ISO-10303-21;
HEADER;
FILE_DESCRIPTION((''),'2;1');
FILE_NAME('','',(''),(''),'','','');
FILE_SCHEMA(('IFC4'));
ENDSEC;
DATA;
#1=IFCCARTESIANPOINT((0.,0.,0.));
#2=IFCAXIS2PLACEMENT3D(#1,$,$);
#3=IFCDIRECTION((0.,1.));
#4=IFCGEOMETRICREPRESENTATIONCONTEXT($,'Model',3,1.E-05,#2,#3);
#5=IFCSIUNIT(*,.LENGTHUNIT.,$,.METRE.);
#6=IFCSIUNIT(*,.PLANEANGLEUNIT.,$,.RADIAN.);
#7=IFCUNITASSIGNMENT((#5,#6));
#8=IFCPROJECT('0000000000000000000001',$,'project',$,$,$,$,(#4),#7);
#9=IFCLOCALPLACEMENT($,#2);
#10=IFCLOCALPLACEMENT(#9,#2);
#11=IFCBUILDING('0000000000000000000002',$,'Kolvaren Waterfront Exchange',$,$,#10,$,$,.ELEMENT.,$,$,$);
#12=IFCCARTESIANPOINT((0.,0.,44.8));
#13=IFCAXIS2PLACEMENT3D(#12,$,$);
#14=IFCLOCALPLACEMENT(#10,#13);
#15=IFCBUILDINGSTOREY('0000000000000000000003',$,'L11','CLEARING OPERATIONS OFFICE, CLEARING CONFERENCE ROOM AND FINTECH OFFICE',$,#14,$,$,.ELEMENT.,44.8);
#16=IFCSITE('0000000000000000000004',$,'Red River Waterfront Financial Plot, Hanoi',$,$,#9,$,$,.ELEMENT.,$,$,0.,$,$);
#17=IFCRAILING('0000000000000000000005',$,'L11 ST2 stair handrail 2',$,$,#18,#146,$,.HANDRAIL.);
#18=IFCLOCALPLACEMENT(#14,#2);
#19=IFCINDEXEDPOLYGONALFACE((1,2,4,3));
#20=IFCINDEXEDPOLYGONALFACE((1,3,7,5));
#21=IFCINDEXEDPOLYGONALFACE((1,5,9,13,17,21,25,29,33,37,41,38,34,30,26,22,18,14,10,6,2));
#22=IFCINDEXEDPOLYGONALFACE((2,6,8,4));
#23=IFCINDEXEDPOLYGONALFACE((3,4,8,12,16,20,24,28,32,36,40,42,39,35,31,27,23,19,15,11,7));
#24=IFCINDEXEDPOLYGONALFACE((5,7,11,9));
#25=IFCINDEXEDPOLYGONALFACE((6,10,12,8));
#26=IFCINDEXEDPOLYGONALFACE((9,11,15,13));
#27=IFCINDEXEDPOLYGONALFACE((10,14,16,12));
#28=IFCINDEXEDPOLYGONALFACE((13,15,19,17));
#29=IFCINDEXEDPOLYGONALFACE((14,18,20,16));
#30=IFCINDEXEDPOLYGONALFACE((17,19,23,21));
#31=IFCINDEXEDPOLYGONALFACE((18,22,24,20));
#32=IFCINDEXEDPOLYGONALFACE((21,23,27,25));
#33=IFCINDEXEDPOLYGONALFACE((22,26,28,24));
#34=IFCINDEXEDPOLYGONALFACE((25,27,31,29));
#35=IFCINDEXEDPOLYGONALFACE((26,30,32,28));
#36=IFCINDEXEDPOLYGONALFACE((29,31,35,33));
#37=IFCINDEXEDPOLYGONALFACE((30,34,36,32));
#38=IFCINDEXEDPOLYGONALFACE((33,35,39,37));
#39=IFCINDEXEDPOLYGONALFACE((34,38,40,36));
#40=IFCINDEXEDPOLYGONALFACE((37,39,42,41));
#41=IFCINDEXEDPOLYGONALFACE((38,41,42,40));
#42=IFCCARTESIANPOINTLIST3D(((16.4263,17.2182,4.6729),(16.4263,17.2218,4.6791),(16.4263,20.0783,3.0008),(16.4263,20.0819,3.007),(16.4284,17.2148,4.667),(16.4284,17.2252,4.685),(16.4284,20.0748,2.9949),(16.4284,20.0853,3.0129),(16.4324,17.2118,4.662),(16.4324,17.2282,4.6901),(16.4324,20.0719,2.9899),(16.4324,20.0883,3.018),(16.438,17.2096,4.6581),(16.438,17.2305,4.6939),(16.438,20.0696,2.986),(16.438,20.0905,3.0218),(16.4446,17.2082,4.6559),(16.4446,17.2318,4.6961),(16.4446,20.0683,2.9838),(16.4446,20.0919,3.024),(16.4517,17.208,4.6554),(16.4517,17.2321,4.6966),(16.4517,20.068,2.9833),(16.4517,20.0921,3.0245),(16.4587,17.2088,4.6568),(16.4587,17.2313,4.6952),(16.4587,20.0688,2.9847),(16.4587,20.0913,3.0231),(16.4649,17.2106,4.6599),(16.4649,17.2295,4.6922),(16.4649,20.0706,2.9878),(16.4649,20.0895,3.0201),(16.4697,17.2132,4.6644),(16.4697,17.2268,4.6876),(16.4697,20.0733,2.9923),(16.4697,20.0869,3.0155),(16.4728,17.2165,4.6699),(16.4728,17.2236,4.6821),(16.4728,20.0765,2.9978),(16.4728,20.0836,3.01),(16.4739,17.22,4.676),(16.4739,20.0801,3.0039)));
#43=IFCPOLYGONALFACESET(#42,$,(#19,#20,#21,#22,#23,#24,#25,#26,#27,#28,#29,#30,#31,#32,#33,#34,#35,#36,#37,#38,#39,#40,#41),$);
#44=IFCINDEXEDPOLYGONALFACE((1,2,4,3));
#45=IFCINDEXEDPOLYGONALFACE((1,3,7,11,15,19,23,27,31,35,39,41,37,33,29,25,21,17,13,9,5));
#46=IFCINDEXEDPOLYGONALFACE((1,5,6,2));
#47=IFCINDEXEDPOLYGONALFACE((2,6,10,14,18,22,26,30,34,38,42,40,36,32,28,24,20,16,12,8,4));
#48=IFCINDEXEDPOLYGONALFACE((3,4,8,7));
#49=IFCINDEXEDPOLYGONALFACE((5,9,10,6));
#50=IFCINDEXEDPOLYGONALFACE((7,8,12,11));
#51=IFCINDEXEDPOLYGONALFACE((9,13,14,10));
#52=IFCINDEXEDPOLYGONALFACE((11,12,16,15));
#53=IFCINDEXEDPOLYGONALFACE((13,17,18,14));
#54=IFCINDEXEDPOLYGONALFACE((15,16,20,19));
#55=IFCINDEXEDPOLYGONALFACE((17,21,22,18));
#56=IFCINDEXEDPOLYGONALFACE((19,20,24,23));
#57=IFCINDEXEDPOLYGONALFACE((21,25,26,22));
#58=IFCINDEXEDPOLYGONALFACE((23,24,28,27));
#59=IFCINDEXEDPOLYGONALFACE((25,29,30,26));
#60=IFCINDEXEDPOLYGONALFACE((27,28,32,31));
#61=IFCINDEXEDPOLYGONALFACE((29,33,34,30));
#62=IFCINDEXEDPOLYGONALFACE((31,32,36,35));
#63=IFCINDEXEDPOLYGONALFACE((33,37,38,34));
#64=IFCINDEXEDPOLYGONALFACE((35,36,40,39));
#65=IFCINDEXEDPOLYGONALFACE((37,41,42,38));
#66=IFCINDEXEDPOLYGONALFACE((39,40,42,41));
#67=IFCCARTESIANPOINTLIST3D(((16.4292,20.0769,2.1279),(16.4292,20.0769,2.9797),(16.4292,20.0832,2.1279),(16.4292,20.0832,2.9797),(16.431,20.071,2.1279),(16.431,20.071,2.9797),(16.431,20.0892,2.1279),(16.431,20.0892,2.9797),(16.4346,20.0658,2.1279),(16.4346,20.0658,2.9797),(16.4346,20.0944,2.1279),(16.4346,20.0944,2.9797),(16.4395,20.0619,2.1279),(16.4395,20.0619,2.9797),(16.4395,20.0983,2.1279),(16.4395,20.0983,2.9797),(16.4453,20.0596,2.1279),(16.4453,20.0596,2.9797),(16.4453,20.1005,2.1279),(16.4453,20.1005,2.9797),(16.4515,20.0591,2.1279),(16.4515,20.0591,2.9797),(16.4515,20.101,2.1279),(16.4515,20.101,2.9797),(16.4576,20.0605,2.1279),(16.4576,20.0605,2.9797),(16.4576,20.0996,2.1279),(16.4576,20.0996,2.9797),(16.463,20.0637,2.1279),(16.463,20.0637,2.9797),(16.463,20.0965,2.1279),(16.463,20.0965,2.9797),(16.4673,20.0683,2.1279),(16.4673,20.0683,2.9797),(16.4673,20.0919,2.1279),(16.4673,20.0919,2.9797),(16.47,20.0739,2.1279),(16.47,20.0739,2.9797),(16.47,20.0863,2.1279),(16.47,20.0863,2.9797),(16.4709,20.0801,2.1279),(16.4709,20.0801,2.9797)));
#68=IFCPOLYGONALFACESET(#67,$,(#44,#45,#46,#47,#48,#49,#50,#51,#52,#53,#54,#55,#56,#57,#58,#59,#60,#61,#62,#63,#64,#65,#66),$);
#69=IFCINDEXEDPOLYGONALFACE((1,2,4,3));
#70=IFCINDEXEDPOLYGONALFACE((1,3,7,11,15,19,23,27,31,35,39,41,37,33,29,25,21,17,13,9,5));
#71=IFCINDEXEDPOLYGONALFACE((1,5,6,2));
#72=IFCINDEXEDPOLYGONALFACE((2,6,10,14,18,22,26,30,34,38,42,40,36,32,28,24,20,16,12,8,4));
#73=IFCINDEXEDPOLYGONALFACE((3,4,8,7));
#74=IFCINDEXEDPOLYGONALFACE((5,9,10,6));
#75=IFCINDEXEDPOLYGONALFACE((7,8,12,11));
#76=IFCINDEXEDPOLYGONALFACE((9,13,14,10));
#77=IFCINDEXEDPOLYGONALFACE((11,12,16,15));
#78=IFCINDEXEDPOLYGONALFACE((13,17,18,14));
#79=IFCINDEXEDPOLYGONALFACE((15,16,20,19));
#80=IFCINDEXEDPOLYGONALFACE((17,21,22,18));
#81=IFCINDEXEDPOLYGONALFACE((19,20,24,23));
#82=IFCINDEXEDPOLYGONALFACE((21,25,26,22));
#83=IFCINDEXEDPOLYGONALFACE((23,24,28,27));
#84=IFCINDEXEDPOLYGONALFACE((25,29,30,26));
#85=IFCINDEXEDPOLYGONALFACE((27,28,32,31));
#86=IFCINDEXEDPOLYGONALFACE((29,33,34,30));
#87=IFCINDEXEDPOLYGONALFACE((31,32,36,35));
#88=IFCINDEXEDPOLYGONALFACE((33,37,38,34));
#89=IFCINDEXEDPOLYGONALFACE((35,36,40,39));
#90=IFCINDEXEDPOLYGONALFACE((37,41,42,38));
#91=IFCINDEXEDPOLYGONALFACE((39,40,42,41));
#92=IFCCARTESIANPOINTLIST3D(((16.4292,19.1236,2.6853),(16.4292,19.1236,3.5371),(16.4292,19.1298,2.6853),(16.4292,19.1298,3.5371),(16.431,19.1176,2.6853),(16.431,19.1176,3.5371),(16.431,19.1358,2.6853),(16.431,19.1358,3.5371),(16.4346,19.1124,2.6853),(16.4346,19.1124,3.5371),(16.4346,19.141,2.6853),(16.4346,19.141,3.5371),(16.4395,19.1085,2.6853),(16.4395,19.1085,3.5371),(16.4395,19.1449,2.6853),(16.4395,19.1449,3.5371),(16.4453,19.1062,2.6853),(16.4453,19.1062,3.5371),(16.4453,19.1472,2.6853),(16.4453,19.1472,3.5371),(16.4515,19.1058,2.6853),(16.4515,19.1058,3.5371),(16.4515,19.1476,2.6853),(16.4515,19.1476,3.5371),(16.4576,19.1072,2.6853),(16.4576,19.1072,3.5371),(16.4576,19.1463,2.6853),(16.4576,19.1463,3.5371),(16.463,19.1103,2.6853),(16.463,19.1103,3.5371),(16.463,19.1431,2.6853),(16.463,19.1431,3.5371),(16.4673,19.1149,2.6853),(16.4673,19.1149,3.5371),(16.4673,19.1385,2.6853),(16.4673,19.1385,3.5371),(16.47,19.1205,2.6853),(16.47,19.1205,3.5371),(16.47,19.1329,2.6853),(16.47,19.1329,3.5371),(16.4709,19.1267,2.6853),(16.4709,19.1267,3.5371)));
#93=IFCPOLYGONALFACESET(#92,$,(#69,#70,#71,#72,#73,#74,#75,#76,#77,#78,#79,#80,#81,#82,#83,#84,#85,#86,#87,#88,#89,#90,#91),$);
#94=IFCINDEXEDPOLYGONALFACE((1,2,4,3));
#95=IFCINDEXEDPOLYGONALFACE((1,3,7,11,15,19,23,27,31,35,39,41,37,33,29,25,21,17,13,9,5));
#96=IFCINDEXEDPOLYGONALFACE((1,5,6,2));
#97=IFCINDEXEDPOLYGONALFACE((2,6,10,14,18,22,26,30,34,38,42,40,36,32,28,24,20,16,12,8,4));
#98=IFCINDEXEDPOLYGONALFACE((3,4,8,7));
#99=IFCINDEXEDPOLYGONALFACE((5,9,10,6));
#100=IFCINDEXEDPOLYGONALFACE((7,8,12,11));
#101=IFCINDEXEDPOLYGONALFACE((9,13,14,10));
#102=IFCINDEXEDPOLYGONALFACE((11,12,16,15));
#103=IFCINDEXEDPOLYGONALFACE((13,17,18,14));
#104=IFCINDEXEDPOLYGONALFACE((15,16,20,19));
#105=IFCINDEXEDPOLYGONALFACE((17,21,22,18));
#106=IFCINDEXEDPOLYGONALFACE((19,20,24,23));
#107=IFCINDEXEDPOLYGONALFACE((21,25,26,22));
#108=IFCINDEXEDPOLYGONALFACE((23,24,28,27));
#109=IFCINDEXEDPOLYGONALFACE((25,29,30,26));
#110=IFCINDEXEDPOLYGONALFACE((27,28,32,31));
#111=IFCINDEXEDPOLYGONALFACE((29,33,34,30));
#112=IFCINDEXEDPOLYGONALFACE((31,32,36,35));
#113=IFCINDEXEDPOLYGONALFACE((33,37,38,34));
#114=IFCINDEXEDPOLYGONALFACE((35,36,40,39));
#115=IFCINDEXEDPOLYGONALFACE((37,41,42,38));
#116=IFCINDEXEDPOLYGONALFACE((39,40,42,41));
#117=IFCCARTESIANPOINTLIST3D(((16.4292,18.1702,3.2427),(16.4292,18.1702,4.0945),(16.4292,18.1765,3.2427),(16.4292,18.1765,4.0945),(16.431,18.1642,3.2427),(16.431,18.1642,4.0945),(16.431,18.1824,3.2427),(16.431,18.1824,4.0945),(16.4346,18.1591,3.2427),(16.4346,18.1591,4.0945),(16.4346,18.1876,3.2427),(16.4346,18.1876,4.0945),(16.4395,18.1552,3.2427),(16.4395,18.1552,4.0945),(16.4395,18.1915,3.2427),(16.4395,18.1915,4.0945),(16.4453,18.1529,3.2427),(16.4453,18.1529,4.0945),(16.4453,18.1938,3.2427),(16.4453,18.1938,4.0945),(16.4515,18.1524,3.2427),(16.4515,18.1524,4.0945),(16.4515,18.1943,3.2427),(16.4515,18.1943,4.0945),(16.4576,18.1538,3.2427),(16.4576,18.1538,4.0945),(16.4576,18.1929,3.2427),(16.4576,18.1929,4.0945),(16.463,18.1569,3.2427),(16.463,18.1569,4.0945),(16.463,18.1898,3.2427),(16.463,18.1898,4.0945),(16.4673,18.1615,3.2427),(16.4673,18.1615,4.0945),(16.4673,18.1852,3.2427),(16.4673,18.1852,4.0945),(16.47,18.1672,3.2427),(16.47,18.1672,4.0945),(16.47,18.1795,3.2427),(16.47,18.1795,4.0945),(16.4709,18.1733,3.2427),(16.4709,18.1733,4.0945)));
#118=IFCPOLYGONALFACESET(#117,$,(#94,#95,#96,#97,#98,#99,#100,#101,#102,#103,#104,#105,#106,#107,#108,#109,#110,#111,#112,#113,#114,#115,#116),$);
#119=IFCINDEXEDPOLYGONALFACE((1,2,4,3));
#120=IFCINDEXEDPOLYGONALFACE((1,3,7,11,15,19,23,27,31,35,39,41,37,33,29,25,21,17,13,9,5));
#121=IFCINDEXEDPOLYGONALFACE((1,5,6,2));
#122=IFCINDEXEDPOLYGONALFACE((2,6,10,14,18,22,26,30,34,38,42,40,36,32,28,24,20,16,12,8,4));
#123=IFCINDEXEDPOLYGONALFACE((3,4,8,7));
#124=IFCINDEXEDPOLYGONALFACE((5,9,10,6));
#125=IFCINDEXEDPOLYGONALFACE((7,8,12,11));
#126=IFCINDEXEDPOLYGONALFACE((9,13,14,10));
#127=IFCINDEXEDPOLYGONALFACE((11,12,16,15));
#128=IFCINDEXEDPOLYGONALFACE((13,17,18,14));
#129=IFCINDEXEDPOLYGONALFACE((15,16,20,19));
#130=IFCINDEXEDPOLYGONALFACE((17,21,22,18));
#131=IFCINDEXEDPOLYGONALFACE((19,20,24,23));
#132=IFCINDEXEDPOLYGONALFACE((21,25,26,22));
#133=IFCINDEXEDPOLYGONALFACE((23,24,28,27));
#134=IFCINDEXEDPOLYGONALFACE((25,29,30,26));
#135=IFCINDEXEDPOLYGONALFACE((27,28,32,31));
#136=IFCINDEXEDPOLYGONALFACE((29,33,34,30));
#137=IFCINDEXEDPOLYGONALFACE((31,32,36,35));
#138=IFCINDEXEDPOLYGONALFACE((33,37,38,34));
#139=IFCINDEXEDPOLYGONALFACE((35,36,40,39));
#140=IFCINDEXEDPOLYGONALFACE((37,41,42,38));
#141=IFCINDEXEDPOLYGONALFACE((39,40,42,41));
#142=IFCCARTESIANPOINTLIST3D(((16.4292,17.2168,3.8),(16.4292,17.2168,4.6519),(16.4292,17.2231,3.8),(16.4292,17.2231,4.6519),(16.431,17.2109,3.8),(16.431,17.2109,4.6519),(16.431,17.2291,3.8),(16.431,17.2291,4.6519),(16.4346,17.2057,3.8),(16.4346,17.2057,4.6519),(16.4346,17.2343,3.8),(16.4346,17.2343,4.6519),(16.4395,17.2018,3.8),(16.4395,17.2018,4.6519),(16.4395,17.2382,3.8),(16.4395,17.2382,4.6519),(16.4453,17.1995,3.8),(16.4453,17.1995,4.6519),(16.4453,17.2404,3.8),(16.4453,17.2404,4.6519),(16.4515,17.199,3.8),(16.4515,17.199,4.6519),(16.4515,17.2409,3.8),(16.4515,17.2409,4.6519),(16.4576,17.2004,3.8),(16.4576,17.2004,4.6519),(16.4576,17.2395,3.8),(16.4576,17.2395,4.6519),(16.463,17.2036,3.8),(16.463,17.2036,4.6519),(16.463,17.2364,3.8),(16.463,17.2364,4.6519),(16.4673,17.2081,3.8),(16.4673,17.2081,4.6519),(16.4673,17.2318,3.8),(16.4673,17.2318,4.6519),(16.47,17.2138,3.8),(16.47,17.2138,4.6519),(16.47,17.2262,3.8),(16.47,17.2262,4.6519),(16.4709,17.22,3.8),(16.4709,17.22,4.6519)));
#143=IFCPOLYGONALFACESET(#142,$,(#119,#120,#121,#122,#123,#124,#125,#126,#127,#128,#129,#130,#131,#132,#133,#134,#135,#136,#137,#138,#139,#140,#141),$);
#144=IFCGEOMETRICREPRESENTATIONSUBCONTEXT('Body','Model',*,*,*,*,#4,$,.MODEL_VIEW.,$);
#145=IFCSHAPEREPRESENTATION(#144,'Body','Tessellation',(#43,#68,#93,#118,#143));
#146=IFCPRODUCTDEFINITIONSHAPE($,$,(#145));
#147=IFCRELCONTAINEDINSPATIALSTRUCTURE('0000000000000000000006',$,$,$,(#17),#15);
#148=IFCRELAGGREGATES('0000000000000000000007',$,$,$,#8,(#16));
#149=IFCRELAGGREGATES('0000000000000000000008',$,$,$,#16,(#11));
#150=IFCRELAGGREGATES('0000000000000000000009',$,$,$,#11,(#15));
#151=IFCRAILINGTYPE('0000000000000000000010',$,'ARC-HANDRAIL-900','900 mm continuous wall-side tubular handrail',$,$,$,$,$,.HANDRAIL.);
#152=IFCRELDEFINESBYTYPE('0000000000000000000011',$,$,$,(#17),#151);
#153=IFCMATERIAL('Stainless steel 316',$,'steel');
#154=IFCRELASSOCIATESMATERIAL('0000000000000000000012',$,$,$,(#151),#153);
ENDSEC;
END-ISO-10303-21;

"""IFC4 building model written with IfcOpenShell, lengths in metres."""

from ifc_helpers import new_model, si_unit, direction, frame, origin, origin_2d, place, context, subcontext, project, spatial, circle, extrude, material, type_object, element, save


model = new_model("IFC4")

# Units and contexts
model_context = context("Model", 3, precision=1e-05, world=origin(), true_north=direction((0.0, 1.0)))
body_context = subcontext(model_context, "Body", "Model", "MODEL_VIEW")
ifc_project = project(units=[si_unit("LENGTHUNIT", "METRE"), si_unit("PLANEANGLEUNIT", "RADIAN")], contexts=[model_context])

# Site, building, storey
site_placement = place(None, origin())
site = spatial("IfcSite", under=ifc_project, at=site_placement, Name="Red River Waterfront Financial Plot, Hanoi", CompositionType="ELEMENT", RefElevation=0.0)
building_placement = place(site_placement, origin())
building = spatial("IfcBuilding", under=site, at=building_placement, Name="Kolvaren Waterfront Exchange", CompositionType="ELEMENT")
storey_placement = place(building_placement, frame((0.0, 0.0, 44.8)))
storey = spatial("IfcBuildingStorey", under=building, at=storey_placement, Name="L11", Description="CLEARING OPERATIONS OFFICE, CLEARING CONFERENCE ROOM AND FINTECH OFFICE", CompositionType="ELEMENT", Elevation=44.8)

# Railing
ifc_material_1 = material(Name="Stainless steel 316", Category="steel")
railing_type_1 = type_object("IfcRailingType", Name="ARC-HANDRAIL-900", Description="900 mm continuous wall-side tubular handrail", PredefinedType="HANDRAIL", material=ifc_material_1)
railing_1_placement = place(storey_placement, frame((16.45, 20.0801, 2.1279)))
element("IfcRailing", 1, at=railing_1_placement, inside=storey, type_object=railing_type_1, Name="L11 ST2 stair handrail 2", PredefinedType="HANDRAIL", context=body_context, shape_type="SweptSolid", body=[
    extrude(circle(Radius=0.0239, at=origin_2d()), frame((0.0, 0.0, 0.876), z_axis=(0.0, -0.863289, 0.504709), x_axis=(1.0, 0.0, 0.0)), (0.0, 0.0, 1.0), 3.313),
    extrude(circle(Radius=0.021, at=origin_2d()), origin(), (0.0, 0.0, 1.0), 0.8518),
    extrude(circle(Radius=0.021, at=origin_2d()), frame((0.0, -0.9534, 0.5574)), (0.0, 0.0, 1.0), 0.8518),
    extrude(circle(Radius=0.021, at=origin_2d()), frame((0.0, -1.9067, 1.1147)), (0.0, 0.0, 1.0), 0.8518),
    extrude(circle(Radius=0.021, at=origin_2d()), frame((0.0, -2.8601, 1.6721)), (0.0, 0.0, 1.0), 0.8518),
])

save(model, "model.ifc")
